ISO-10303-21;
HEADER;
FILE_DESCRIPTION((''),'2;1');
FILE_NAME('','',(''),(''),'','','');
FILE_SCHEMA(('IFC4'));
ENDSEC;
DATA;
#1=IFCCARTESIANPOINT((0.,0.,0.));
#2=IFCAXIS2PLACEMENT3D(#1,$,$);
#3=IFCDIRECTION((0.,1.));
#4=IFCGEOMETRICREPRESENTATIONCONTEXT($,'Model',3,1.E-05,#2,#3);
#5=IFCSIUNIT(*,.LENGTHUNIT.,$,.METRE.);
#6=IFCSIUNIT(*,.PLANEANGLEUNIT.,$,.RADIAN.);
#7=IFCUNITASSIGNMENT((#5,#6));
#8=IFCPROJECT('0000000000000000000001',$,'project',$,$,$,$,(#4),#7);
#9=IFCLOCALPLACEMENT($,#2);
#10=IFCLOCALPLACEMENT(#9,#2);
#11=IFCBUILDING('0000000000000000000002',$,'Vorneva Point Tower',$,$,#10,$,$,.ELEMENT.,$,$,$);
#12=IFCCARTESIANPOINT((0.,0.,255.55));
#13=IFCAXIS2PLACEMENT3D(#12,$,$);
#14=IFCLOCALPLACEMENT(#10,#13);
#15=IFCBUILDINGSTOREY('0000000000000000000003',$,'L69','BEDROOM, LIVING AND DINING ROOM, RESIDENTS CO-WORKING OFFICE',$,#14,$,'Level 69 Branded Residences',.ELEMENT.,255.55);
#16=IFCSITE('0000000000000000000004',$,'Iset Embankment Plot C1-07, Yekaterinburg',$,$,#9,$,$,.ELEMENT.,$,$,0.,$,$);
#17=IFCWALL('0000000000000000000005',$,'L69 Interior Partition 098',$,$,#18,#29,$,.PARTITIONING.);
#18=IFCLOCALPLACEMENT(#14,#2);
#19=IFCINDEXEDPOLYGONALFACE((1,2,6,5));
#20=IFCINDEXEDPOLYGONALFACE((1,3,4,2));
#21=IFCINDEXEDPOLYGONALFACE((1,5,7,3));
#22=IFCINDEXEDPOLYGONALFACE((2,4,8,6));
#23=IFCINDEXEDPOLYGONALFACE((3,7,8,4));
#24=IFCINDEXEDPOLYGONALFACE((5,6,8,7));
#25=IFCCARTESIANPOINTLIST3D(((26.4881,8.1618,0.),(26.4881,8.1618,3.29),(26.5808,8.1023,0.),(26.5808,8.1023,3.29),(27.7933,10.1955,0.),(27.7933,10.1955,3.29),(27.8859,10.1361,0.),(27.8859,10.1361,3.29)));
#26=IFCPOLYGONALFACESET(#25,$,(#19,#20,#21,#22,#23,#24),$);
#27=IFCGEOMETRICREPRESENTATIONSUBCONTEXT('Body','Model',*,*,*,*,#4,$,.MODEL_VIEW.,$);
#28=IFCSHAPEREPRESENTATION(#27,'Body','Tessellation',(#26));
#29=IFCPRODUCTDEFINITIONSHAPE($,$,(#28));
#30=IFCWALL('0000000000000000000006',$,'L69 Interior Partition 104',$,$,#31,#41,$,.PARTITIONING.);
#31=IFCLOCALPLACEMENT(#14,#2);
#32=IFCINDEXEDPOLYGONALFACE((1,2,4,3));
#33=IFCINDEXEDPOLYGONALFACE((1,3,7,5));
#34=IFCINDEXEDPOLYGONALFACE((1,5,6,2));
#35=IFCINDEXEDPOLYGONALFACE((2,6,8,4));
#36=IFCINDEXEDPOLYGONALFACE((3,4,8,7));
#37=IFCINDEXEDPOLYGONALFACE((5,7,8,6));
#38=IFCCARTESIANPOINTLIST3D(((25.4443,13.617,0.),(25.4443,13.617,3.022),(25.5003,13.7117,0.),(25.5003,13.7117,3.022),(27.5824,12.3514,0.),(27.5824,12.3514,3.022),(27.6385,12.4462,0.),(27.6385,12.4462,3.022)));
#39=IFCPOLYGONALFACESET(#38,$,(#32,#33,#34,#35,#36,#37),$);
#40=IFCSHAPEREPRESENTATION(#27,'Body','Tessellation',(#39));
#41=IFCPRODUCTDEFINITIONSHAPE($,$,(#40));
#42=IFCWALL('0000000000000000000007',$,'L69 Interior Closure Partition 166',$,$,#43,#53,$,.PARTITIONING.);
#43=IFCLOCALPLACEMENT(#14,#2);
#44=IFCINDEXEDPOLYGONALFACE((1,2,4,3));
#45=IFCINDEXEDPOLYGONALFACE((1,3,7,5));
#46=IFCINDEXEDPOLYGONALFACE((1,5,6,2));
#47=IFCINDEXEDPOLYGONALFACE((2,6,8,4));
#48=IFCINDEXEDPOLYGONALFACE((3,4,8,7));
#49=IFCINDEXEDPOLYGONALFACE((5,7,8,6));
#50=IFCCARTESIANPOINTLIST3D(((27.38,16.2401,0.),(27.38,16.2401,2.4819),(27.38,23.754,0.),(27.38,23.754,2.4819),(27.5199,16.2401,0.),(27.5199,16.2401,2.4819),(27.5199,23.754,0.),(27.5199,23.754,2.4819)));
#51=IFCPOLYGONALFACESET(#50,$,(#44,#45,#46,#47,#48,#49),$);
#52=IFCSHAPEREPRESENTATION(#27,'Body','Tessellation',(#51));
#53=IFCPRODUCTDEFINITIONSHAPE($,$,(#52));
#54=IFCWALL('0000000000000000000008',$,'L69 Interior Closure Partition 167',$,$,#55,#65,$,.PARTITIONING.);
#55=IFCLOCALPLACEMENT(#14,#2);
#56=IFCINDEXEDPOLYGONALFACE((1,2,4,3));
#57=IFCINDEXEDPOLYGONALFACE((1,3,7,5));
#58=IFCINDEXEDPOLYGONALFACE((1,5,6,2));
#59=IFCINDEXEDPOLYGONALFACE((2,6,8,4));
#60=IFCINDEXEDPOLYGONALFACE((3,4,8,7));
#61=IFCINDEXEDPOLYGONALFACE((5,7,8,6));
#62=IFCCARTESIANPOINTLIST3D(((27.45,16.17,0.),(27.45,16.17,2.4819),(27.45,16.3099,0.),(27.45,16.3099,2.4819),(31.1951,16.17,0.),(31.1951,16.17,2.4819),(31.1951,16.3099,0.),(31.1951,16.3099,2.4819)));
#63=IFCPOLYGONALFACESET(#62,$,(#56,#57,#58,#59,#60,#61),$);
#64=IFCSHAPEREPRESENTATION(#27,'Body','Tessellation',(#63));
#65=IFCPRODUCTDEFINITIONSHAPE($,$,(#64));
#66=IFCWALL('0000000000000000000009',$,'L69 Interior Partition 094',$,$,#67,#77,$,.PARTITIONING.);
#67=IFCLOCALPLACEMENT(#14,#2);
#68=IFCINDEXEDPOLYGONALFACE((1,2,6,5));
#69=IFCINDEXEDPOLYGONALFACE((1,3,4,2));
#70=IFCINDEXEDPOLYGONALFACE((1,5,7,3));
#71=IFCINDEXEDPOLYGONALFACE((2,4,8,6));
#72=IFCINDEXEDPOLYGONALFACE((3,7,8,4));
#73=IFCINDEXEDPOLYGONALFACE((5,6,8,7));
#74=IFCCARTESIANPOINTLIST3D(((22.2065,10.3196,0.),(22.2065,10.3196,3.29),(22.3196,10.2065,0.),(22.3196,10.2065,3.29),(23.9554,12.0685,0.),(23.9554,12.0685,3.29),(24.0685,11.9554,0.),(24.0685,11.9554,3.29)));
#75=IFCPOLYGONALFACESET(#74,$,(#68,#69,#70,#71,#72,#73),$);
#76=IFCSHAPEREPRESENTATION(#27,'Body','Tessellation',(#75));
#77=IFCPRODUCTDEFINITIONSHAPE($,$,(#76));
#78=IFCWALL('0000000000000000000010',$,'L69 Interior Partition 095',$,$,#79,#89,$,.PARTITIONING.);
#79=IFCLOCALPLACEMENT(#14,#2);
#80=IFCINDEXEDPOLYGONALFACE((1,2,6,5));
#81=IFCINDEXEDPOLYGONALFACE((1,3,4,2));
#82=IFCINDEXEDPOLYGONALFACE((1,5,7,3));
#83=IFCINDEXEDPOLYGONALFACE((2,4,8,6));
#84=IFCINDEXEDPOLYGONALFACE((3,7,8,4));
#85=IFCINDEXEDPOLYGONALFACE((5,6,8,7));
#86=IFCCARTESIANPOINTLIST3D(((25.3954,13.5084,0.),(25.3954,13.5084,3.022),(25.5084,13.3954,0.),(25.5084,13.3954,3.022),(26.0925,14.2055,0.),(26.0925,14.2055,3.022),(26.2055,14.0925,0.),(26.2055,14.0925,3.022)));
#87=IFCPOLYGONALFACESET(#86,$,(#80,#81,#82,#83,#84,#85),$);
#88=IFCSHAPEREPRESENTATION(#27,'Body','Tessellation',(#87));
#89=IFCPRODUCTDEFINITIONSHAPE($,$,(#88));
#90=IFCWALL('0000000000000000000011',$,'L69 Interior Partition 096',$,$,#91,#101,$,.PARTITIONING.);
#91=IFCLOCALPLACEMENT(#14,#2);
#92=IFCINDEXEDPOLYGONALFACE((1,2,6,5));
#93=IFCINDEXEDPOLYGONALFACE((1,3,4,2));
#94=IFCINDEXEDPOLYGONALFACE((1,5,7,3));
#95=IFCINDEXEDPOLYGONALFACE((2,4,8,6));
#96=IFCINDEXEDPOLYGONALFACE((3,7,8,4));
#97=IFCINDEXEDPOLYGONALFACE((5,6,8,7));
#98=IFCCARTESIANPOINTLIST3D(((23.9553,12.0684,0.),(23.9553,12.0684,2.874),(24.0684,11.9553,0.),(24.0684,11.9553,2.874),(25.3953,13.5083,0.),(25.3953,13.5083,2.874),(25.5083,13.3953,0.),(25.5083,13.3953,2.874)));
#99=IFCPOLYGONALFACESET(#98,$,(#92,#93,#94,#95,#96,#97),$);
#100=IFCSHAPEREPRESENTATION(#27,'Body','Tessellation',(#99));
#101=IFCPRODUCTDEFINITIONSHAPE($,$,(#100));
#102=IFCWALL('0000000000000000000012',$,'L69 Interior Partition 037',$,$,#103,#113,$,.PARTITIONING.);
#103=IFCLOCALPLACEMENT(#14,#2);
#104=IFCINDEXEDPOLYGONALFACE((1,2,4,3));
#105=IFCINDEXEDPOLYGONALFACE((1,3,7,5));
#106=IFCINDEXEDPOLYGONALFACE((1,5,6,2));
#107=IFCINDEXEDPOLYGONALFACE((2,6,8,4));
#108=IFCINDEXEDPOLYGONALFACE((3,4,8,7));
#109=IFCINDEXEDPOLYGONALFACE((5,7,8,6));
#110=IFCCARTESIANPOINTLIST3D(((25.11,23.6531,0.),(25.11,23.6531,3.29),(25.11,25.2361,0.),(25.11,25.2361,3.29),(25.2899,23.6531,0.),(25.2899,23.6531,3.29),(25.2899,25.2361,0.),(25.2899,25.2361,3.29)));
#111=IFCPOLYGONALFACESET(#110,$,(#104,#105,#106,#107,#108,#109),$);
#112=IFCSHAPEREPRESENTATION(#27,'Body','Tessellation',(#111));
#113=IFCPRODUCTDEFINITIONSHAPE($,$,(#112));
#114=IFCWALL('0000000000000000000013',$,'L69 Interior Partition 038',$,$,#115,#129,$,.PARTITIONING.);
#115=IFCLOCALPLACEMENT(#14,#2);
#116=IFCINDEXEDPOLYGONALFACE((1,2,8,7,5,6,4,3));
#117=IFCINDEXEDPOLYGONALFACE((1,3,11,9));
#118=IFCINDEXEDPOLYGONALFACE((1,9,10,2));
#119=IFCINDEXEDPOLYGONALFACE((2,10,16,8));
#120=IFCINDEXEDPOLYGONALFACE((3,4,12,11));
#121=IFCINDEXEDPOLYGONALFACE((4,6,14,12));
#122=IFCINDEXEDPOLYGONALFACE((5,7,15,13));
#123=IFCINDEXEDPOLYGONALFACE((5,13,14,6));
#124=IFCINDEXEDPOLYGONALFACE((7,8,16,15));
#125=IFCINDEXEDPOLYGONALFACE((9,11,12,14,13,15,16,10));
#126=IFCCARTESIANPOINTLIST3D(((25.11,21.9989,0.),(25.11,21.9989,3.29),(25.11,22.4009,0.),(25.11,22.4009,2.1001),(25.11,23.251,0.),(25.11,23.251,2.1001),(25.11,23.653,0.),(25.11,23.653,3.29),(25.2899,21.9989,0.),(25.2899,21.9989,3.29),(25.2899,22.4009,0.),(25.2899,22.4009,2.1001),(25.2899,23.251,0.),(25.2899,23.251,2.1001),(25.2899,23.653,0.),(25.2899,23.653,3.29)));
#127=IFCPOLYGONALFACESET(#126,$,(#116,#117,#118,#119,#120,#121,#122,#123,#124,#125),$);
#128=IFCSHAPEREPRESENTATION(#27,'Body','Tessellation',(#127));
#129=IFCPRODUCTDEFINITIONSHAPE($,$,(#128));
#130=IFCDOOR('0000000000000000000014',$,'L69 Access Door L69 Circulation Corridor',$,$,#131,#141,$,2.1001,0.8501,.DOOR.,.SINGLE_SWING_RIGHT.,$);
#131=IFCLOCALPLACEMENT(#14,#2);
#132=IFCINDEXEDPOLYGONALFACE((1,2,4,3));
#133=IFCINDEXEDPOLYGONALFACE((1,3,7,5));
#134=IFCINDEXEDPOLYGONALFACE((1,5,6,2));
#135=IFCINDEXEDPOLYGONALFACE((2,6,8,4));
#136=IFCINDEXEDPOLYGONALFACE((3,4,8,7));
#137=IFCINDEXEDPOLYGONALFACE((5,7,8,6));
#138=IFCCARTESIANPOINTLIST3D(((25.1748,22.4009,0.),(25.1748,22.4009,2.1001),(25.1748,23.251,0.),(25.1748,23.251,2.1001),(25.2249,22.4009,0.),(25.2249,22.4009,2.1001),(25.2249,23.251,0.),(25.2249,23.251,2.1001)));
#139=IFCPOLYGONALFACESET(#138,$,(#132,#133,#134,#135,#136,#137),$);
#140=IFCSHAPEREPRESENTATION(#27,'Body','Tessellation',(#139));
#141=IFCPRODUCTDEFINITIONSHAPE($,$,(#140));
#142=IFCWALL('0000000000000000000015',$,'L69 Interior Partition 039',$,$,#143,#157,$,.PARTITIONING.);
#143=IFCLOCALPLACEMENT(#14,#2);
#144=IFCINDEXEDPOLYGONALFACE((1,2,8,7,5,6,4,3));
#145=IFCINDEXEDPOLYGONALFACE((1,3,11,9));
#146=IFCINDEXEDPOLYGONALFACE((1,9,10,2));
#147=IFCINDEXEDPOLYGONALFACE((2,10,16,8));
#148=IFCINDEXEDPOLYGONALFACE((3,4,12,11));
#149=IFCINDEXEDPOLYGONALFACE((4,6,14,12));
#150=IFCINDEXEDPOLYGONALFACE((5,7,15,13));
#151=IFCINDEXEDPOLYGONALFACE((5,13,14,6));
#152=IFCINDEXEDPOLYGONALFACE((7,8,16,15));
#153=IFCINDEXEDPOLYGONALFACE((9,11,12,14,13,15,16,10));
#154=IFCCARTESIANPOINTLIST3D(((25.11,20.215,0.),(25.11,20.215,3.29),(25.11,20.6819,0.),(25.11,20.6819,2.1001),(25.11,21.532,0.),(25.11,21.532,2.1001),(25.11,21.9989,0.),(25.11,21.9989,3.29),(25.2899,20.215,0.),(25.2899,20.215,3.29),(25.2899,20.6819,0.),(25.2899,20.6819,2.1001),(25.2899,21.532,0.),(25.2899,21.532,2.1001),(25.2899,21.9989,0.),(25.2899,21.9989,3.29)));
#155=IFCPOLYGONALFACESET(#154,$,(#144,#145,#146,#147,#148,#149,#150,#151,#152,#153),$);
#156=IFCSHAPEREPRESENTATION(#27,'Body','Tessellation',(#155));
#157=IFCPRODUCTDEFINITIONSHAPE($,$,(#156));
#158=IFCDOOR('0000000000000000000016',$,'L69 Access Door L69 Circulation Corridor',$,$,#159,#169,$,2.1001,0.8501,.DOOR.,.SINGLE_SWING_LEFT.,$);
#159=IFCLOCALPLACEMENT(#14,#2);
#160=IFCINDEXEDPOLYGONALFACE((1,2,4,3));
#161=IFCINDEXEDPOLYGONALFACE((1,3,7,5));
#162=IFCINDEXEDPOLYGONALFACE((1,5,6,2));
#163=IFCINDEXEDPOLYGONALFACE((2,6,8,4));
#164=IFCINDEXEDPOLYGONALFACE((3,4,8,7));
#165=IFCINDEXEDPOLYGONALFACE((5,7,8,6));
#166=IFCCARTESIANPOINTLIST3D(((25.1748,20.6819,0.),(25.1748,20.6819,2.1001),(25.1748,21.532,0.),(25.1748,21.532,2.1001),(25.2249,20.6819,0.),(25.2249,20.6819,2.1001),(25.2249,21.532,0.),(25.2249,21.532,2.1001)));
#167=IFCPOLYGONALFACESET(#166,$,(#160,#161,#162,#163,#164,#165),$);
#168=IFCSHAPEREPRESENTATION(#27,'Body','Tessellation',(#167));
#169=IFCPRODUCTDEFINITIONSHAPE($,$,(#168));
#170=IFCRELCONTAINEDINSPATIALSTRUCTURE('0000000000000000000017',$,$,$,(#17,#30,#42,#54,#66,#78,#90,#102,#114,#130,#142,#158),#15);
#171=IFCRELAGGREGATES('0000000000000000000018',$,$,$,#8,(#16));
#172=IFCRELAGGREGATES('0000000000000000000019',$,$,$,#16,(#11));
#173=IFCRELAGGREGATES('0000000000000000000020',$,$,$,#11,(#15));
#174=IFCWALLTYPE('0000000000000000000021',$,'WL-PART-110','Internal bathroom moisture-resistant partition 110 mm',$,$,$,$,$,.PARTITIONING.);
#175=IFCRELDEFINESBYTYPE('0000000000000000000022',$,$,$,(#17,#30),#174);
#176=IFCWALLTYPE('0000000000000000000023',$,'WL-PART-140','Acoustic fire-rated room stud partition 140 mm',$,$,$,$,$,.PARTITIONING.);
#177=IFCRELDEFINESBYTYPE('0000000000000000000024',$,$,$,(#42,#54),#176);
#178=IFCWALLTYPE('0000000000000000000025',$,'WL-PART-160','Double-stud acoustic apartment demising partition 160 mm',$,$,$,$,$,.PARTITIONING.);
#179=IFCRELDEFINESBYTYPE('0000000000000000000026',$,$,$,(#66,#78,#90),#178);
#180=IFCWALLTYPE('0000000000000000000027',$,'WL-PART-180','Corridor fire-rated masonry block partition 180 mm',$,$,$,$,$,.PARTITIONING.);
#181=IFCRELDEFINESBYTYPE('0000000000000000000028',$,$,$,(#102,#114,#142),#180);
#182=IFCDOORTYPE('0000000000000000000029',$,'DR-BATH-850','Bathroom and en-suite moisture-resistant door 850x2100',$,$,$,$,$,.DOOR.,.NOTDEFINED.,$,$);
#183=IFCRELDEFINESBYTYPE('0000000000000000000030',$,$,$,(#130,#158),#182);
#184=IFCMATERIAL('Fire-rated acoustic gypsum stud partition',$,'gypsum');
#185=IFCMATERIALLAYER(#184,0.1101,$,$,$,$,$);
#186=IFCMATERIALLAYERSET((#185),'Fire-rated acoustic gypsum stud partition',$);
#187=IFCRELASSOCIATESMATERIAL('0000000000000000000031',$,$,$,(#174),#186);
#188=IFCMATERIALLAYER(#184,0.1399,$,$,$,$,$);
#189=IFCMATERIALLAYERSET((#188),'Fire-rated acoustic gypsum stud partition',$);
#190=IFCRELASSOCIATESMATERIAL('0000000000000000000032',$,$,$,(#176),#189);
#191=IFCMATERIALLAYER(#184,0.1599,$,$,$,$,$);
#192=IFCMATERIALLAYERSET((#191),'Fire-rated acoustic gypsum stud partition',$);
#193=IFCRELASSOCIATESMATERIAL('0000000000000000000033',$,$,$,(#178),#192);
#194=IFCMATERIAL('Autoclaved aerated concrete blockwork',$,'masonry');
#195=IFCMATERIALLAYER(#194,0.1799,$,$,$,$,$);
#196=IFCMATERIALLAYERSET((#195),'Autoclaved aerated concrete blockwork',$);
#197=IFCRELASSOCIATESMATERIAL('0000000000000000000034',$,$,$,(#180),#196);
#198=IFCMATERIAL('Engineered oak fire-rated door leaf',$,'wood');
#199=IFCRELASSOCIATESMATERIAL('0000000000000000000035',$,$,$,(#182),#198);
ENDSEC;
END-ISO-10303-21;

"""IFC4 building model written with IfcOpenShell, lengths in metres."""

from ifc_helpers import new_model, si_unit, direction, frame, frame_2d, origin, place, context, subcontext, project, spatial, rectangle, extrude, material, layer, layer_set, type_object, element, fill, save


model = new_model("IFC4")

# Units and contexts
model_context = context("Model", 3, precision=1e-05, world=origin(), true_north=direction((0.0, 1.0)))
body_context = subcontext(model_context, "Body", "Model", "MODEL_VIEW")
ifc_project = project(units=[si_unit("LENGTHUNIT", "METRE"), si_unit("PLANEANGLEUNIT", "RADIAN")], contexts=[model_context])

# Site, building, storey
site_placement = place(None, origin())
site = spatial("IfcSite", under=ifc_project, at=site_placement, Name="Iset Embankment Plot C1-07, Yekaterinburg", CompositionType="ELEMENT", RefElevation=0.0)
building_placement = place(site_placement, origin())
building = spatial("IfcBuilding", under=site, at=building_placement, Name="Vorneva Point Tower", CompositionType="ELEMENT")
storey_placement = place(building_placement, frame((0.0, 0.0, 255.55)))
storey = spatial("IfcBuildingStorey", under=building, at=storey_placement, Name="L69", Description="BEDROOM, LIVING AND DINING ROOM, RESIDENTS CO-WORKING OFFICE", LongName="Level 69 Branded Residences", CompositionType="ELEMENT", Elevation=255.55)

# Walls
ifc_material_1 = material(Name="Fire-rated acoustic gypsum stud partition", Category="gypsum")
ifc_layer_1 = layer(ifc_material_1, 0.1101)
ifc_layer_set_1 = layer_set([ifc_layer_1], Name="Fire-rated acoustic gypsum stud partition")
wall_type_1 = type_object("IfcWallType", Name="WL-PART-110", Description="Internal bathroom moisture-resistant partition 110 mm", PredefinedType="PARTITIONING", material=ifc_layer_set_1)
wall_1_placement = place(storey_placement, frame((26.5344, 8.1321, 0.0), z_axis=(0.0, 0.0, 1.0), x_axis=(0.540114, 0.841592, 0.0)))
element("IfcWall", 1, at=wall_1_placement, inside=storey, type_object=wall_type_1, Name="L69 Interior Partition 098", PredefinedType="PARTITIONING", context=body_context, shape_type="SweptSolid", body=[
    extrude(rectangle(XDim=2.4165, YDim=0.1101, at=frame_2d((1.2083, 0.0))), origin(), (0.0, 0.0, 1.0), 3.29),
])
wall_2_placement = place(storey_placement, frame((25.4724, 13.6643, 0.0), z_axis=(0.0, 0.0, 1.0), x_axis=(0.860547, -0.509371, 0.0)))
element("IfcWall", 2, at=wall_2_placement, inside=storey, type_object=wall_type_1, Name="L69 Interior Partition 104", PredefinedType="PARTITIONING", context=body_context, shape_type="SweptSolid", body=[
    extrude(rectangle(XDim=2.4846, YDim=0.1101, at=frame_2d((1.2422, 0.0))), origin(), (0.0, 0.0, 1.0), 3.022),
])
ifc_layer_2 = layer(ifc_material_1, 0.1399)
ifc_layer_set_2 = layer_set([ifc_layer_2], Name="Fire-rated acoustic gypsum stud partition")
wall_type_2 = type_object("IfcWallType", Name="WL-PART-140", Description="Acoustic fire-rated room stud partition 140 mm", PredefinedType="PARTITIONING", material=ifc_layer_set_2)
wall_3_placement = place(storey_placement, frame((27.45, 23.7539, 0.0), z_axis=(0.0, 0.0, 1.0), x_axis=(0.0, -1.0, 0.0)))
element("IfcWall", 3, at=wall_3_placement, inside=storey, type_object=wall_type_2, Name="L69 Interior Closure Partition 166", PredefinedType="PARTITIONING", context=body_context, shape_type="SweptSolid", body=[
    extrude(rectangle(XDim=7.5139, YDim=0.1399, at=frame_2d((3.7568, 0.0))), origin(), (0.0, 0.0, 1.0), 2.4819),
])
wall_4_placement = place(storey_placement, frame((27.45, 16.24, 0.0), z_axis=(0.0, 0.0, 1.0), x_axis=(1.0, 0.0, 0.0)))
element("IfcWall", 4, at=wall_4_placement, inside=storey, type_object=wall_type_2, Name="L69 Interior Closure Partition 167", PredefinedType="PARTITIONING", context=body_context, shape_type="SweptSolid", body=[
    extrude(rectangle(XDim=3.7451, YDim=0.1399, at=frame_2d((1.8726, 0.0))), origin(), (0.0, 0.0, 1.0), 2.4819),
])
ifc_layer_3 = layer(ifc_material_1, 0.1599)
ifc_layer_set_3 = layer_set([ifc_layer_3], Name="Fire-rated acoustic gypsum stud partition")
wall_type_3 = type_object("IfcWallType", Name="WL-PART-160", Description="Double-stud acoustic apartment demising partition 160 mm", PredefinedType="PARTITIONING", material=ifc_layer_set_3)
wall_5_placement = place(storey_placement, frame((22.2629, 10.2629, 0.0), z_axis=(0.0, 0.0, 1.0), x_axis=(0.707107, 0.707107, 0.0)))
element("IfcWall", 5, at=wall_5_placement, inside=storey, type_object=wall_type_3, Name="L69 Interior Partition 094", PredefinedType="PARTITIONING", context=body_context, shape_type="SweptSolid", body=[
    extrude(rectangle(XDim=2.4734, YDim=0.1599, at=frame_2d((1.2368, 0.0))), origin(), (0.0, 0.0, 1.0), 3.29),
])
wall_6_placement = place(storey_placement, frame((25.4519, 13.4519, 0.0), z_axis=(0.0, 0.0, 1.0), x_axis=(0.707107, 0.707107, 0.0)))
element("IfcWall", 6, at=wall_6_placement, inside=storey, type_object=wall_type_3, Name="L69 Interior Partition 095", PredefinedType="PARTITIONING", context=body_context, shape_type="SweptSolid", body=[
    extrude(rectangle(XDim=0.9858, YDim=0.1599, at=frame_2d((0.4929, 0.0))), origin(), (0.0, 0.0, 1.0), 3.022),
])
wall_7_placement = place(storey_placement, frame((24.012, 12.012, 0.0), z_axis=(0.0, 0.0, 1.0), x_axis=(0.707107, 0.707107, 0.0)))
element("IfcWall", 7, at=wall_7_placement, inside=storey, type_object=wall_type_3, Name="L69 Interior Partition 096", PredefinedType="PARTITIONING", context=body_context, shape_type="SweptSolid", body=[
    extrude(rectangle(XDim=2.0364, YDim=0.1599, at=frame_2d((1.0181, 0.0))), origin(), (0.0, 0.0, 1.0), 2.874),
])
ifc_material_2 = material(Name="Autoclaved aerated concrete blockwork", Category="masonry")
ifc_layer_4 = layer(ifc_material_2, 0.1799)
ifc_layer_set_4 = layer_set([ifc_layer_4], Name="Autoclaved aerated concrete blockwork")
wall_type_4 = type_object("IfcWallType", Name="WL-PART-180", Description="Corridor fire-rated masonry block partition 180 mm", PredefinedType="PARTITIONING", material=ifc_layer_set_4)
wall_8_placement = place(storey_placement, frame((25.2, 25.2361, 0.0), z_axis=(0.0, 0.0, 1.0), x_axis=(0.0, -1.0, 0.0)))
element("IfcWall", 8, at=wall_8_placement, inside=storey, type_object=wall_type_4, Name="L69 Interior Partition 037", PredefinedType="PARTITIONING", context=body_context, shape_type="SweptSolid", body=[
    extrude(rectangle(XDim=1.583, YDim=0.1799, at=frame_2d((0.7915, 0.0))), origin(), (0.0, 0.0, 1.0), 3.29),
])

# Walls, openings, doors
wall_9_placement = place(storey_placement, frame((25.2, 23.6531, 0.0), z_axis=(0.0, 0.0, 1.0), x_axis=(0.0, -1.0, 0.0)))
wall_9 = element("IfcWall", 9, at=wall_9_placement, inside=storey, type_object=wall_type_4, Name="L69 Interior Partition 038", PredefinedType="PARTITIONING", context=body_context, shape_type="SweptSolid", body=[
    extrude(rectangle(XDim=1.6541, YDim=0.1799, at=frame_2d((0.8271, 0.0))), origin(), (0.0, 0.0, 1.0), 3.29),
])
opening_1_placement = place(wall_9_placement, frame((0.4021, 0.0, 0.0)))
opening_1 = element("IfcOpeningElement", 10, at=opening_1_placement, cuts=wall_9, PredefinedType="OPENING", context=body_context, shape_type="SweptSolid", body=[
    extrude(rectangle(XDim=0.8501, YDim=2.1001, at=frame_2d((0.425, 1.05))), frame((0.0, 0.105, 0.0), z_axis=(0.0, -1.0, 0.0), x_axis=(1.0, 0.0, 0.0)), (0.0, 0.0, 1.0), 0.2097),
])
ifc_material_3 = material(Name="Engineered oak fire-rated door leaf", Category="wood")
door_type = type_object("IfcDoorType", Name="DR-BATH-850", Description="Bathroom and en-suite moisture-resistant door 850x2100", OperationType="NOTDEFINED", PredefinedType="DOOR", material=ifc_material_3)
door_1_placement = place(opening_1_placement, origin())
door_1 = element("IfcDoor", 11, at=door_1_placement, inside=storey, type_object=door_type, Name="L69 Access Door L69 Circulation Corridor", OperationType="SINGLE_SWING_RIGHT", OverallHeight=2.1001, OverallWidth=0.8501, PredefinedType="DOOR", context=body_context, shape_type="SweptSolid", body=[
    extrude(rectangle(XDim=0.8501, YDim=2.1001, at=frame_2d((0.425, 1.05))), frame((0.0, 0.0249, 0.0), z_axis=(0.0, -1.0, 0.0), x_axis=(1.0, 0.0, 0.0)), (0.0, 0.0, 1.0), 0.05),
])
fill(opening_1, door_1)
wall_10_placement = place(storey_placement, frame((25.2, 21.999, 0.0), z_axis=(0.0, 0.0, 1.0), x_axis=(0.0, -1.0, 0.0)))
wall_10 = element("IfcWall", 12, at=wall_10_placement, inside=storey, type_object=wall_type_4, Name="L69 Interior Partition 039", PredefinedType="PARTITIONING", context=body_context, shape_type="SweptSolid", body=[
    extrude(rectangle(XDim=1.7839, YDim=0.1799, at=frame_2d((0.8921, 0.0))), origin(), (0.0, 0.0, 1.0), 3.29),
])
opening_2_placement = place(wall_10_placement, frame((0.467, 0.0, 0.0)))
opening_2 = element("IfcOpeningElement", 13, at=opening_2_placement, cuts=wall_10, PredefinedType="OPENING", context=body_context, shape_type="SweptSolid", body=[
    extrude(rectangle(XDim=0.8501, YDim=2.1001, at=frame_2d((0.425, 1.05))), frame((0.0, 0.105, 0.0), z_axis=(0.0, -1.0, 0.0), x_axis=(1.0, 0.0, 0.0)), (0.0, 0.0, 1.0), 0.2097),
])
door_2_placement = place(opening_2_placement, origin())
door_2 = element("IfcDoor", 14, at=door_2_placement, inside=storey, type_object=door_type, Name="L69 Access Door L69 Circulation Corridor", OperationType="SINGLE_SWING_LEFT", OverallHeight=2.1001, OverallWidth=0.8501, PredefinedType="DOOR", context=body_context, shape_type="SweptSolid", body=[
    extrude(rectangle(XDim=0.8501, YDim=2.1001, at=frame_2d((0.425, 1.05))), frame((0.0, 0.0249, 0.0), z_axis=(0.0, -1.0, 0.0), x_axis=(1.0, 0.0, 0.0)), (0.0, 0.0, 1.0), 0.05),
])
fill(opening_2, door_2)

save(model, "model.ifc")
